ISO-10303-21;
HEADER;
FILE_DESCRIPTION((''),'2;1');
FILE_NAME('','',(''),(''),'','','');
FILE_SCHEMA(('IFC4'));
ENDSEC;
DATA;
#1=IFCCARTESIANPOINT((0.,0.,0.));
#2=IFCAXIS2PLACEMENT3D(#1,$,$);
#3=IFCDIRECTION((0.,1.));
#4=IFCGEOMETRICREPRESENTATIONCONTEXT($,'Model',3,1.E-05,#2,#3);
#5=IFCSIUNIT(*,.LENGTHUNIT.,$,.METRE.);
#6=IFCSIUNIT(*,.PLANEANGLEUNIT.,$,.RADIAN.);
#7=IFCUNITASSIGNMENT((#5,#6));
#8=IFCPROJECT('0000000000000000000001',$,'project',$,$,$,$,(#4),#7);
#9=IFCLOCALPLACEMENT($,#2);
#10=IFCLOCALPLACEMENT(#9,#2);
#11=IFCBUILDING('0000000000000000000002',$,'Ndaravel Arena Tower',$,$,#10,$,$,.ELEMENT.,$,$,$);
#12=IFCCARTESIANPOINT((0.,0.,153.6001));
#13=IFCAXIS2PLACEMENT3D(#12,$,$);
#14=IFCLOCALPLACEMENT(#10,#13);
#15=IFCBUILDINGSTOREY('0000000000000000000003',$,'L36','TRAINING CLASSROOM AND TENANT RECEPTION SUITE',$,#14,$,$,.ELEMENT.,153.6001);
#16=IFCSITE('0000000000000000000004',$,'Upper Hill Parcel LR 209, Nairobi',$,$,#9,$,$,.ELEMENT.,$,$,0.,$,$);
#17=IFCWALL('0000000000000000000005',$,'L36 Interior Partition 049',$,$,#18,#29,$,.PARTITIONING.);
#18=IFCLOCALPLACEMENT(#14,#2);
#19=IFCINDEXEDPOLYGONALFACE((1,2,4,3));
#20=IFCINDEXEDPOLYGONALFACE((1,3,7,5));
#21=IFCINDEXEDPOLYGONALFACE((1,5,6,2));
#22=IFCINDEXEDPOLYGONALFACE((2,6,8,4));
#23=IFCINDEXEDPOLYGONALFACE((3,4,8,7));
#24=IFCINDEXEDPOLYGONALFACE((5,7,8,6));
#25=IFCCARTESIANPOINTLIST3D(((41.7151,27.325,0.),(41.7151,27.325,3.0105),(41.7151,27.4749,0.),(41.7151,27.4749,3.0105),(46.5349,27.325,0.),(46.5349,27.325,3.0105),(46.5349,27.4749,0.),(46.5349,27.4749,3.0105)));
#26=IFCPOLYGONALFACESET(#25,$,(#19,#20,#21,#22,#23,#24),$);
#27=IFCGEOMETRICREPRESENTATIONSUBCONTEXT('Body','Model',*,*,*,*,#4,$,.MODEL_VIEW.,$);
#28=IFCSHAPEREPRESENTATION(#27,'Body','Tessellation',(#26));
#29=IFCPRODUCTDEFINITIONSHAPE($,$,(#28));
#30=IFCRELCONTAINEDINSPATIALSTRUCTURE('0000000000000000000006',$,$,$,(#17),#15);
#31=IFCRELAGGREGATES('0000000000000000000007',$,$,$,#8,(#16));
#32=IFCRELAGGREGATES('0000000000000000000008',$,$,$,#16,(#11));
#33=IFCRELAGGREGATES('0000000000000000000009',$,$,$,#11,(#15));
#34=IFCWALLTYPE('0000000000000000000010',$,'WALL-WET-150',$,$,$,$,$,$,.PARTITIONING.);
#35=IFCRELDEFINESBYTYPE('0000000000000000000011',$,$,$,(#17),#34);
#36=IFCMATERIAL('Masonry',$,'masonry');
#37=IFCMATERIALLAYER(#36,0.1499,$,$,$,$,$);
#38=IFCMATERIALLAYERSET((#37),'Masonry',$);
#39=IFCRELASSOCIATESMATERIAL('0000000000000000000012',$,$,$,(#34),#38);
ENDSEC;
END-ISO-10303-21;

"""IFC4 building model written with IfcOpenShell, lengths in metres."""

from ifc_helpers import new_model, si_unit, direction, frame, frame_2d, origin, place, context, subcontext, project, spatial, rectangle, extrude, material, layer, layer_set, type_object, element, save


model = new_model("IFC4")

# Units and contexts
model_context = context("Model", 3, precision=1e-05, world=origin(), true_north=direction((0.0, 1.0)))
body_context = subcontext(model_context, "Body", "Model", "MODEL_VIEW")
ifc_project = project(units=[si_unit("LENGTHUNIT", "METRE"), si_unit("PLANEANGLEUNIT", "RADIAN")], contexts=[model_context])

# Site, building, storey
site_placement = place(None, origin())
site = spatial("IfcSite", under=ifc_project, at=site_placement, Name="Upper Hill Parcel LR 209, Nairobi", CompositionType="ELEMENT", RefElevation=0.0)
building_placement = place(site_placement, origin())
building = spatial("IfcBuilding", under=site, at=building_placement, Name="Ndaravel Arena Tower", CompositionType="ELEMENT")
storey_placement = place(building_placement, frame((0.0, 0.0, 153.6001)))
storey = spatial("IfcBuildingStorey", under=building, at=storey_placement, Name="L36", Description="TRAINING CLASSROOM AND TENANT RECEPTION SUITE", CompositionType="ELEMENT", Elevation=153.6001)

# Shared definitions
ifc_material_1 = material(Name="Masonry", Category="masonry")
ifc_layer_1 = layer(ifc_material_1, 0.1499)
ifc_layer_set_1 = layer_set([ifc_layer_1], Name="Masonry")
wall_type_1 = type_object("IfcWallType", Name="WALL-WET-150", PredefinedType="PARTITIONING", material=ifc_layer_set_1)

# Wall
wall_1_placement = place(storey_placement, frame((41.7151, 27.3999, 0.0), z_axis=(0.0, 0.0, 1.0), x_axis=(1.0, 0.0, 0.0)))
element("IfcWall", 1, at=wall_1_placement, inside=storey, type_object=wall_type_1, Name="L36 Interior Partition 049", PredefinedType="PARTITIONING", context=body_context, shape_type="SweptSolid", body=[
    extrude(rectangle(XDim=4.8198, YDim=0.1499, at=frame_2d((2.4099, 0.0))), origin(), (0.0, 0.0, 1.0), 3.0105),
])

save(model, "model.ifc")
